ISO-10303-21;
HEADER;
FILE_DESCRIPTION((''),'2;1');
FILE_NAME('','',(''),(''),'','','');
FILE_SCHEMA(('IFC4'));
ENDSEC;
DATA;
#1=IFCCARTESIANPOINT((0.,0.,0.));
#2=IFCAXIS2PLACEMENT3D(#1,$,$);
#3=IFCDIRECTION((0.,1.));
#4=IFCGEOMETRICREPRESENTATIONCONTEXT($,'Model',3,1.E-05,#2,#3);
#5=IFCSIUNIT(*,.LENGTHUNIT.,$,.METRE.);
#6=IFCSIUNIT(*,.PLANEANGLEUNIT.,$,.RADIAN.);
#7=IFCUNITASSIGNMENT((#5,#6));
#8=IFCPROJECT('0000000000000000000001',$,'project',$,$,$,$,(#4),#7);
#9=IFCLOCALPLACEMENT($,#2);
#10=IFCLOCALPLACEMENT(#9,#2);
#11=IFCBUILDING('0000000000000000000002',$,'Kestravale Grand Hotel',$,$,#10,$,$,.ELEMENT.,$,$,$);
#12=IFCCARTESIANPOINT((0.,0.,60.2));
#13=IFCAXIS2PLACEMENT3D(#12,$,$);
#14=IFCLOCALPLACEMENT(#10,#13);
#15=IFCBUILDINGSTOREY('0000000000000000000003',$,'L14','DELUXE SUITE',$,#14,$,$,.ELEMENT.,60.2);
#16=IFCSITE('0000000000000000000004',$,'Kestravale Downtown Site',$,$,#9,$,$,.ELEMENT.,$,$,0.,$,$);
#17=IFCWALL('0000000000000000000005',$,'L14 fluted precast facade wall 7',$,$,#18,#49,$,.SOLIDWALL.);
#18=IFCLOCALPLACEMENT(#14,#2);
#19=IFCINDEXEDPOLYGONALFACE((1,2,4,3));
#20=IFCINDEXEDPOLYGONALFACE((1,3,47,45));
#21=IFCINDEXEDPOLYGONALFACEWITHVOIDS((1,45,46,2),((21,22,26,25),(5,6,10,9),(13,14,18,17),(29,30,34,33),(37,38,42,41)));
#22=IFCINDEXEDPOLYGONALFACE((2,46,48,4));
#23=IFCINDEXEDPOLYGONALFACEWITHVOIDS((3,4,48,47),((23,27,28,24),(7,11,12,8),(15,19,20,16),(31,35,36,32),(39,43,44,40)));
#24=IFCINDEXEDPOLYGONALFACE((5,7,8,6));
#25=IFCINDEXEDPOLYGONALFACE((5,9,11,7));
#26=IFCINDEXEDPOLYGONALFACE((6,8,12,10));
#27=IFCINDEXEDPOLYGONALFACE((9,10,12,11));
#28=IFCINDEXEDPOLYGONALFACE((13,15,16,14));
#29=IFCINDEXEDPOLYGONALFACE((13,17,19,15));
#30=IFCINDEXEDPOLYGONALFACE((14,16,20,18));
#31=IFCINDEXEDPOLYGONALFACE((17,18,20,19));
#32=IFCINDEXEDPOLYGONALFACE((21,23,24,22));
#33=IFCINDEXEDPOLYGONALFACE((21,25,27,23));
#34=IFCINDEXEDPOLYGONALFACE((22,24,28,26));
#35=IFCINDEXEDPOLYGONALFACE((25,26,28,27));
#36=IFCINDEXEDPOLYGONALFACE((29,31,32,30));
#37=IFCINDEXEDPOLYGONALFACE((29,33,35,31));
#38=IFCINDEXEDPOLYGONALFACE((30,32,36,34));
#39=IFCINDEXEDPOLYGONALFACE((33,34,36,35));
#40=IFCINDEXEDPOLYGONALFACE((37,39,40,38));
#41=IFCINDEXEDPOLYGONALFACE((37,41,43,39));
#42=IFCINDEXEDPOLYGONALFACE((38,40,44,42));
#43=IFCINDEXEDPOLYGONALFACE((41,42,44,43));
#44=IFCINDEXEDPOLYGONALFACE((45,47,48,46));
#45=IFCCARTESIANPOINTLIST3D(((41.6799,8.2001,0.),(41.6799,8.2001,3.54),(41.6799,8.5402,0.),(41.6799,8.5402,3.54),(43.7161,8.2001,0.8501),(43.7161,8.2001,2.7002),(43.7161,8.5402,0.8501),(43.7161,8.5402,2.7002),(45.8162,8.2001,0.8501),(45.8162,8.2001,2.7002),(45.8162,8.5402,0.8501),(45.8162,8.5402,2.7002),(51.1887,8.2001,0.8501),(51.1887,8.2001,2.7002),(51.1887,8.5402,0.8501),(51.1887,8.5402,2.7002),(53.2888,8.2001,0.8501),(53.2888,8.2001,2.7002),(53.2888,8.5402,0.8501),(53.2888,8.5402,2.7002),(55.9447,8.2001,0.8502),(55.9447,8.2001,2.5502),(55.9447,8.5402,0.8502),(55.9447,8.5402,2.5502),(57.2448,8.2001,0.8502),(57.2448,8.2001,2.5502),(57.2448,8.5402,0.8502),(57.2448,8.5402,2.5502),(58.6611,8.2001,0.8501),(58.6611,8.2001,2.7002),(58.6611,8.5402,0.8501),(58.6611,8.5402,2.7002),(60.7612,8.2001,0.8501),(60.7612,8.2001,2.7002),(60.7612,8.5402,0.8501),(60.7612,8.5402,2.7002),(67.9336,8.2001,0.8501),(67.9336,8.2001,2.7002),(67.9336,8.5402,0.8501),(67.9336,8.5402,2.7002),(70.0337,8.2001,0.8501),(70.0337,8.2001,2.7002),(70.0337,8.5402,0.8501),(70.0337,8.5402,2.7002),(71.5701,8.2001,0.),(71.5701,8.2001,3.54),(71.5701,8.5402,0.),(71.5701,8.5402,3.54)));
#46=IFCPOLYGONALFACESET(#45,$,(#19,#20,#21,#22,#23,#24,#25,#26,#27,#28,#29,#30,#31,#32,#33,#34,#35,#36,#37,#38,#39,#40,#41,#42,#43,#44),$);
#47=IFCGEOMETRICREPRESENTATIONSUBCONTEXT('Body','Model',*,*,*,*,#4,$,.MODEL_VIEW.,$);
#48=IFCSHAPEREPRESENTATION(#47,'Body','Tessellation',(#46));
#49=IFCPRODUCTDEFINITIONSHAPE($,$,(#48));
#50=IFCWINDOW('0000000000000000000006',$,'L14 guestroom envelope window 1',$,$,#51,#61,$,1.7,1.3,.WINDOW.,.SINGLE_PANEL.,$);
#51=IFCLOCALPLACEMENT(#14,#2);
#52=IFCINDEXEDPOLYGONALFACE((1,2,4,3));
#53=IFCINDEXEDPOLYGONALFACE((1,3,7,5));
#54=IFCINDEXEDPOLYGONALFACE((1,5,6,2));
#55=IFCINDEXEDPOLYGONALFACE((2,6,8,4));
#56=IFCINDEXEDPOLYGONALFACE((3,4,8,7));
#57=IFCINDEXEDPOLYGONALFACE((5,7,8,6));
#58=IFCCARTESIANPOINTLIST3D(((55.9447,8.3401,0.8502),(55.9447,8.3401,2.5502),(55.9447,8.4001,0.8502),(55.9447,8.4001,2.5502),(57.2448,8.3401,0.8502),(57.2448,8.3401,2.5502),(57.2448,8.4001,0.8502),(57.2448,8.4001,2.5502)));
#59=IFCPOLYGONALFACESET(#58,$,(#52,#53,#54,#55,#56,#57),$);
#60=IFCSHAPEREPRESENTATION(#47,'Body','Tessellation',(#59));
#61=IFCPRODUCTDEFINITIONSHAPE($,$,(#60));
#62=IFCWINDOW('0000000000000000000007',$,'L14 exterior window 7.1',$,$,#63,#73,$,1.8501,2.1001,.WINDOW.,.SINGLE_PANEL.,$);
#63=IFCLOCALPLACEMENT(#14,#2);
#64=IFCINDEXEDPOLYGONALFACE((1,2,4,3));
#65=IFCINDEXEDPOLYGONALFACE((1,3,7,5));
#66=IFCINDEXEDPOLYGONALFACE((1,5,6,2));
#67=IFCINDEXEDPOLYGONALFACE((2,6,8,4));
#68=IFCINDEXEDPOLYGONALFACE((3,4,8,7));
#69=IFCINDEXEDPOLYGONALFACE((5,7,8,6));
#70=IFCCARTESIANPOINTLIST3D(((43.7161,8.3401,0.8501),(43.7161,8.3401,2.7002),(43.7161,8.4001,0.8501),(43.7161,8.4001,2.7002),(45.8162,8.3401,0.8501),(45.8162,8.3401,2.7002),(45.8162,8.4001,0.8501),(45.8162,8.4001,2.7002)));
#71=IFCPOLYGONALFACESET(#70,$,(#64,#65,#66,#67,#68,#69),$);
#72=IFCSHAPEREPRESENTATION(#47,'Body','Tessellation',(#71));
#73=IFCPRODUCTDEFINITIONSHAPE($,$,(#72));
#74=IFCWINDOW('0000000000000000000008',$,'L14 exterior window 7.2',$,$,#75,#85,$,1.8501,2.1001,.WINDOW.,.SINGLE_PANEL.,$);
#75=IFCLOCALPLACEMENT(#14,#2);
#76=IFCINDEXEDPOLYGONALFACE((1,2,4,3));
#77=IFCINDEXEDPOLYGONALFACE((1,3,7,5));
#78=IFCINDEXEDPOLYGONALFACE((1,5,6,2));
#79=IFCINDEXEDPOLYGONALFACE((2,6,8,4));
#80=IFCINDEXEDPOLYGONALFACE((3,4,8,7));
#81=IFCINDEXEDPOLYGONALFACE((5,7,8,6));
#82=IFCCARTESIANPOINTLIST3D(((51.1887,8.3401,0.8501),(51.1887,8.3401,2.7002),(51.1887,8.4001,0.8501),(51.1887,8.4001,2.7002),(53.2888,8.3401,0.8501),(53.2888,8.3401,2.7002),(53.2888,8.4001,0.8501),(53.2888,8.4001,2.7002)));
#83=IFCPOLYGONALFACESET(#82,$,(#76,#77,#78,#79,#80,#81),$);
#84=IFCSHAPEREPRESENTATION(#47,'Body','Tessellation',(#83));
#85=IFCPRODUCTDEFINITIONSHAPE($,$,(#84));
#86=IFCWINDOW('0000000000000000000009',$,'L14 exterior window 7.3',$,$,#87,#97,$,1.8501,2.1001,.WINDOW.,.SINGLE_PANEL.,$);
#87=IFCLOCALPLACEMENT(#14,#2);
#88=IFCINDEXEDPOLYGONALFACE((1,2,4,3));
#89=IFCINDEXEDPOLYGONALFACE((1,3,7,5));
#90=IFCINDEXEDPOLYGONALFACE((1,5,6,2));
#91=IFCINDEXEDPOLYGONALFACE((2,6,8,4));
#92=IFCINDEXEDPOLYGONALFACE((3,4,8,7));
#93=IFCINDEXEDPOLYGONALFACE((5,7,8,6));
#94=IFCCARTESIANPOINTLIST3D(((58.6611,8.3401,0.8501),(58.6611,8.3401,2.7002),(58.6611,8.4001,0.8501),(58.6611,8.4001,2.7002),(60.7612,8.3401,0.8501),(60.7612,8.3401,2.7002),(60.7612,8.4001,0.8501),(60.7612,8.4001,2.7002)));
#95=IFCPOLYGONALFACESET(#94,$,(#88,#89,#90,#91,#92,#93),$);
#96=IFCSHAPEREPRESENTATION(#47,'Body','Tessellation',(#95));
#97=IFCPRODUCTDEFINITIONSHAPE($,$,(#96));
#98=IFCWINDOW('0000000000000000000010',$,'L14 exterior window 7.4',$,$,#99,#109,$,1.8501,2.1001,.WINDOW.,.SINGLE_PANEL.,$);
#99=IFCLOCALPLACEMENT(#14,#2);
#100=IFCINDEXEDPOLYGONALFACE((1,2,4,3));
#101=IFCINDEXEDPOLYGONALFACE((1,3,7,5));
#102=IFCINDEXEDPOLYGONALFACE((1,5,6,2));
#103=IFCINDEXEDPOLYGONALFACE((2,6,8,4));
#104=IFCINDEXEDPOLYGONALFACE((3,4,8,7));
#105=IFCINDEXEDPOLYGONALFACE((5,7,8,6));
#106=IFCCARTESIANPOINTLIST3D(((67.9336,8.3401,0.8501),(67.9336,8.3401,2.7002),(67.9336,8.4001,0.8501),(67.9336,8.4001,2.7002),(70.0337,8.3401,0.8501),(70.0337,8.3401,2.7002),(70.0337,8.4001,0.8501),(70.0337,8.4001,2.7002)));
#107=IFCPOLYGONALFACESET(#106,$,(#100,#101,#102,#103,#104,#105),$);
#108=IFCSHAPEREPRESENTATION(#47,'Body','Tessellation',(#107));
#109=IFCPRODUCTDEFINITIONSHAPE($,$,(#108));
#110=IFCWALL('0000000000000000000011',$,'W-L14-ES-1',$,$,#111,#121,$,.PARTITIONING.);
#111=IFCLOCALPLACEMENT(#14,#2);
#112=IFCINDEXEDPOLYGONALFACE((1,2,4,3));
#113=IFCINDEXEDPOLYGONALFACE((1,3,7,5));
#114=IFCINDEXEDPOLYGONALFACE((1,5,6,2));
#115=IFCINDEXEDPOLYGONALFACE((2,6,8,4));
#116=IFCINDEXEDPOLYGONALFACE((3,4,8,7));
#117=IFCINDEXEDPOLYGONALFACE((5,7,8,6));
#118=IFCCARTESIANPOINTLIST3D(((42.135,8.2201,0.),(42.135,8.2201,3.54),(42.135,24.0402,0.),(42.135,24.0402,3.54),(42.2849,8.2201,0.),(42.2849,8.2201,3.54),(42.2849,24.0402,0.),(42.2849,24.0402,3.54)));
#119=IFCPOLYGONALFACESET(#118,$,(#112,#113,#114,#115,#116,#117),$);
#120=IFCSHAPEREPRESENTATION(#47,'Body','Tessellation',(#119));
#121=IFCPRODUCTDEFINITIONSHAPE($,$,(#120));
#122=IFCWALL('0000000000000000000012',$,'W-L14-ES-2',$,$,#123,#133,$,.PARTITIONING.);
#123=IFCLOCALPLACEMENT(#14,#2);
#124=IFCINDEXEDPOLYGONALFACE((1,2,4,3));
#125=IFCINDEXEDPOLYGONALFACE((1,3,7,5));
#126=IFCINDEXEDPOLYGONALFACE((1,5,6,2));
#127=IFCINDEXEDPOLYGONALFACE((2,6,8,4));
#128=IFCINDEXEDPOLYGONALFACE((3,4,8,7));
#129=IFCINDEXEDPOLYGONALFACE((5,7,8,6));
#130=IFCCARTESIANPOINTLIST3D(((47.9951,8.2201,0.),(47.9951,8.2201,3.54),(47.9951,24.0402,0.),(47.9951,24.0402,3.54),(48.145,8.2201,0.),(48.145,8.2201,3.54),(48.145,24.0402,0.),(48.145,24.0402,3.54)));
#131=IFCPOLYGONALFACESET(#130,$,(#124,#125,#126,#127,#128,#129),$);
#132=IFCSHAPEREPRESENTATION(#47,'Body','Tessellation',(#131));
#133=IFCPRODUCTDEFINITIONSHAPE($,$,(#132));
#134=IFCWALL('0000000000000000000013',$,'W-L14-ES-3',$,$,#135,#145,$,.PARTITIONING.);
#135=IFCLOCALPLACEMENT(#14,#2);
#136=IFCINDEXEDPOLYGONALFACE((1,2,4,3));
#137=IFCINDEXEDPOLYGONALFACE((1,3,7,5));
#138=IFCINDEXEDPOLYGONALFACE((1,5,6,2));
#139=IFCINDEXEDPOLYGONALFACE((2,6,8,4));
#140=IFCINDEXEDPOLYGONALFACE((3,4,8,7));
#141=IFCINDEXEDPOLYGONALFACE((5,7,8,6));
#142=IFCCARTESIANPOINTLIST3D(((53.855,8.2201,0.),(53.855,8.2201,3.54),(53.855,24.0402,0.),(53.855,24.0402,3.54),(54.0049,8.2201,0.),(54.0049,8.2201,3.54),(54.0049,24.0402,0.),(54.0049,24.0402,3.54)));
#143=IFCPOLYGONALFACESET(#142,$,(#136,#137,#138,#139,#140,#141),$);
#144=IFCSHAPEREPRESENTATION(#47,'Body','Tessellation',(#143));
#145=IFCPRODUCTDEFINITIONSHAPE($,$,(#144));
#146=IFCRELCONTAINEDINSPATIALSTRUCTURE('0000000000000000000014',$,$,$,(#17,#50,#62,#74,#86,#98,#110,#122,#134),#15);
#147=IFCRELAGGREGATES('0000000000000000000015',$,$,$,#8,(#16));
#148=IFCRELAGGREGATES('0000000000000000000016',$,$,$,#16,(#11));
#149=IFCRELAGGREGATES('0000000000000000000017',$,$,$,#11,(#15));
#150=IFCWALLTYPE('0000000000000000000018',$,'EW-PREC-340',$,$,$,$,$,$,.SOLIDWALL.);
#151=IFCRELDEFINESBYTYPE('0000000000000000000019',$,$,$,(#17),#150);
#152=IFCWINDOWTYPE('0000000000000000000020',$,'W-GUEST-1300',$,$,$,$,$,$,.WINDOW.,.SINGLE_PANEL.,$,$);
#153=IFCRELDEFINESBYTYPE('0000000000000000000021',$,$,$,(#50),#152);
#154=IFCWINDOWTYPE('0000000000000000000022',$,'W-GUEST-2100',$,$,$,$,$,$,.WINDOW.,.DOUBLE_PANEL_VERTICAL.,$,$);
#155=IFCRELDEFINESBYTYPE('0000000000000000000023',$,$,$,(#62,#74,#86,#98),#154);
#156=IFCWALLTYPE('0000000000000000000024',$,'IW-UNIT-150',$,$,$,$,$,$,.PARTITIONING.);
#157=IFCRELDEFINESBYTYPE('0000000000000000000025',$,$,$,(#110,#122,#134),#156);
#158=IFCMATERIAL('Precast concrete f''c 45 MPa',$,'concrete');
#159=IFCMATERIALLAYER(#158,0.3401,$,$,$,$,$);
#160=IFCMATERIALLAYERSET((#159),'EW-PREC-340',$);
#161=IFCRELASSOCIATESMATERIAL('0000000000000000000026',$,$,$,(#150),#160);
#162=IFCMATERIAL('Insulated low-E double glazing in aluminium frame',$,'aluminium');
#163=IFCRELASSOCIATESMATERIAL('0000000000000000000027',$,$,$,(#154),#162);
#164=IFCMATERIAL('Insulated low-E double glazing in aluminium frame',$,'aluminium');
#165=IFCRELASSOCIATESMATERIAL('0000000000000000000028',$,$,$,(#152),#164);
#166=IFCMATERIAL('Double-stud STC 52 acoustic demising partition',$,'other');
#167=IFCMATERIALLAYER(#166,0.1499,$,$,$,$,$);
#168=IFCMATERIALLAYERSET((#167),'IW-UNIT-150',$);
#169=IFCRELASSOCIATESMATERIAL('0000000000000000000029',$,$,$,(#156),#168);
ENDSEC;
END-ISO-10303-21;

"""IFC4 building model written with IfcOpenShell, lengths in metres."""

from ifc_helpers import new_model, si_unit, direction, frame, frame_2d, origin, place, context, subcontext, project, spatial, rectangle, extrude, material, layer, layer_set, type_object, element, fill, save


model = new_model("IFC4")

# Units and contexts
model_context = context("Model", 3, precision=1e-05, world=origin(), true_north=direction((0.0, 1.0)))
body_context = subcontext(model_context, "Body", "Model", "MODEL_VIEW")
ifc_project = project(units=[si_unit("LENGTHUNIT", "METRE"), si_unit("PLANEANGLEUNIT", "RADIAN")], contexts=[model_context])

# Site, building, storey
site_placement = place(None, origin())
site = spatial("IfcSite", under=ifc_project, at=site_placement, Name="Kestravale Downtown Site", CompositionType="ELEMENT", RefElevation=0.0)
building_placement = place(site_placement, origin())
building = spatial("IfcBuilding", under=site, at=building_placement, Name="Kestravale Grand Hotel", CompositionType="ELEMENT")
storey_placement = place(building_placement, frame((0.0, 0.0, 60.2)))
storey = spatial("IfcBuildingStorey", under=building, at=storey_placement, Name="L14", Description="DELUXE SUITE", CompositionType="ELEMENT", Elevation=60.2)

# Shared definitions
ifc_material_1 = material(Name="Precast concrete f'c 45 MPa", Category="concrete")
ifc_layer_1 = layer(ifc_material_1, 0.3401)
ifc_layer_set_1 = layer_set([ifc_layer_1], Name="EW-PREC-340")
wall_type_1 = type_object("IfcWallType", Name="EW-PREC-340", PredefinedType="SOLIDWALL", material=ifc_layer_set_1)

# Shared definitions
ifc_material_2 = material(Name="Insulated low-E double glazing in aluminium frame", Category="aluminium")
window_type_1 = type_object("IfcWindowType", Name="W-GUEST-2100", PartitioningType="DOUBLE_PANEL_VERTICAL", PredefinedType="WINDOW", material=ifc_material_2)

# Wall, openings, windows
wall_1_placement = place(storey_placement, frame((41.6799, 8.3701, 0.0), z_axis=(0.0, 0.0, 1.0), x_axis=(1.0, 0.0, 0.0)))
wall_1 = element("IfcWall", 1, at=wall_1_placement, inside=storey, type_object=wall_type_1, Name="L14 fluted precast facade wall 7", PredefinedType="SOLIDWALL", context=body_context, shape_type="SweptSolid", body=[
    extrude(rectangle(XDim=29.8901, YDim=0.3401, at=frame_2d((14.9451, 0.0))), origin(), (0.0, 0.0, 1.0), 3.54),
])
opening_1_placement = place(wall_1_placement, frame((2.0361, 0.0, 0.8501)))
opening_1 = element("IfcOpeningElement", 2, at=opening_1_placement, cuts=wall_1, PredefinedType="OPENING", context=body_context, shape_type="SweptSolid", body=[
    extrude(rectangle(XDim=2.1001, YDim=1.8501, at=frame_2d((1.05, 0.925))), frame((0.0, 0.1799, 0.0), z_axis=(0.0, -1.0, 0.0), x_axis=(1.0, 0.0, 0.0)), (0.0, 0.0, 1.0), 0.3601),
])
opening_2_placement = place(wall_1_placement, frame((9.5088, 0.0, 0.8501)))
opening_2 = element("IfcOpeningElement", 3, at=opening_2_placement, cuts=wall_1, PredefinedType="OPENING", context=body_context, shape_type="SweptSolid", body=[
    extrude(rectangle(XDim=2.1001, YDim=1.8501, at=frame_2d((1.05, 0.925))), frame((0.0, 0.1799, 0.0), z_axis=(0.0, -1.0, 0.0), x_axis=(1.0, 0.0, 0.0)), (0.0, 0.0, 1.0), 0.3601),
])
opening_3_placement = place(wall_1_placement, frame((16.9812, 0.0, 0.8501)))
opening_3 = element("IfcOpeningElement", 4, at=opening_3_placement, cuts=wall_1, PredefinedType="OPENING", context=body_context, shape_type="SweptSolid", body=[
    extrude(rectangle(XDim=2.1001, YDim=1.8501, at=frame_2d((1.05, 0.925))), frame((0.0, 0.1799, 0.0), z_axis=(0.0, -1.0, 0.0), x_axis=(1.0, 0.0, 0.0)), (0.0, 0.0, 1.0), 0.3601),
])
opening_4_placement = place(wall_1_placement, frame((26.2537, 0.0, 0.8501)))
opening_4 = element("IfcOpeningElement", 5, at=opening_4_placement, cuts=wall_1, PredefinedType="OPENING", context=body_context, shape_type="SweptSolid", body=[
    extrude(rectangle(XDim=2.1001, YDim=1.8501, at=frame_2d((1.05, 0.925))), frame((0.0, 0.1799, 0.0), z_axis=(0.0, -1.0, 0.0), x_axis=(1.0, 0.0, 0.0)), (0.0, 0.0, 1.0), 0.3601),
])
opening_5_placement = place(wall_1_placement, frame((14.2649, 0.0, 0.8501)))
opening_5 = element("IfcOpeningElement", 6, at=opening_5_placement, cuts=wall_1, PredefinedType="OPENING", context=body_context, shape_type="SweptSolid", body=[
    extrude(rectangle(XDim=1.3, YDim=1.7, at=frame_2d((0.6499, 0.8501))), frame((0.0, 0.1799, 0.0), z_axis=(0.0, -1.0, 0.0), x_axis=(1.0, 0.0, 0.0)), (0.0, 0.0, 1.0), 0.3601),
])
ifc_material_3 = material(Name="Insulated low-E double glazing in aluminium frame", Category="aluminium")
window_type_2 = type_object("IfcWindowType", Name="W-GUEST-1300", PartitioningType="SINGLE_PANEL", PredefinedType="WINDOW", material=ifc_material_3)
window_1_placement = place(opening_5_placement, origin())
window_1 = element("IfcWindow", 7, at=window_1_placement, inside=storey, type_object=window_type_2, Name="L14 guestroom envelope window 1", OverallHeight=1.7, OverallWidth=1.3, PartitioningType="SINGLE_PANEL", PredefinedType="WINDOW", context=body_context, shape_type="SweptSolid", body=[
    extrude(rectangle(XDim=1.3, YDim=1.7, at=frame_2d((0.6499, 0.8501))), frame((0.0, 0.03, 0.0), z_axis=(0.0, -1.0, 0.0), x_axis=(1.0, 0.0, 0.0)), (0.0, 0.0, 1.0), 0.0601),
])
fill(opening_5, window_1)
window_2_placement = place(opening_1_placement, origin())
window_2 = element("IfcWindow", 8, at=window_2_placement, inside=storey, type_object=window_type_1, Name="L14 exterior window 7.1", OverallHeight=1.8501, OverallWidth=2.1001, PartitioningType="SINGLE_PANEL", PredefinedType="WINDOW", context=body_context, shape_type="SweptSolid", body=[
    extrude(rectangle(XDim=2.1001, YDim=1.8501, at=frame_2d((1.05, 0.925))), frame((0.0, 0.03, 0.0), z_axis=(0.0, -1.0, 0.0), x_axis=(1.0, 0.0, 0.0)), (0.0, 0.0, 1.0), 0.0601),
])
fill(opening_1, window_2)
window_3_placement = place(opening_2_placement, origin())
window_3 = element("IfcWindow", 9, at=window_3_placement, inside=storey, type_object=window_type_1, Name="L14 exterior window 7.2", OverallHeight=1.8501, OverallWidth=2.1001, PartitioningType="SINGLE_PANEL", PredefinedType="WINDOW", context=body_context, shape_type="SweptSolid", body=[
    extrude(rectangle(XDim=2.1001, YDim=1.8501, at=frame_2d((1.05, 0.925))), frame((0.0, 0.03, 0.0), z_axis=(0.0, -1.0, 0.0), x_axis=(1.0, 0.0, 0.0)), (0.0, 0.0, 1.0), 0.0601),
])
fill(opening_2, window_3)
window_4_placement = place(opening_3_placement, origin())
window_4 = element("IfcWindow", 10, at=window_4_placement, inside=storey, type_object=window_type_1, Name="L14 exterior window 7.3", OverallHeight=1.8501, OverallWidth=2.1001, PartitioningType="SINGLE_PANEL", PredefinedType="WINDOW", context=body_context, shape_type="SweptSolid", body=[
    extrude(rectangle(XDim=2.1001, YDim=1.8501, at=frame_2d((1.05, 0.925))), frame((0.0, 0.03, 0.0), z_axis=(0.0, -1.0, 0.0), x_axis=(1.0, 0.0, 0.0)), (0.0, 0.0, 1.0), 0.0601),
])
fill(opening_3, window_4)
window_5_placement = place(opening_4_placement, origin())
window_5 = element("IfcWindow", 11, at=window_5_placement, inside=storey, type_object=window_type_1, Name="L14 exterior window 7.4", OverallHeight=1.8501, OverallWidth=2.1001, PartitioningType="SINGLE_PANEL", PredefinedType="WINDOW", context=body_context, shape_type="SweptSolid", body=[
    extrude(rectangle(XDim=2.1001, YDim=1.8501, at=frame_2d((1.05, 0.925))), frame((0.0, 0.03, 0.0), z_axis=(0.0, -1.0, 0.0), x_axis=(1.0, 0.0, 0.0)), (0.0, 0.0, 1.0), 0.0601),
])
fill(opening_4, window_5)

# Walls
ifc_material_4 = material(Name="Double-stud STC 52 acoustic demising partition", Category="other")
ifc_layer_2 = layer(ifc_material_4, 0.1499)
ifc_layer_set_2 = layer_set([ifc_layer_2], Name="IW-UNIT-150")
wall_type_2 = type_object("IfcWallType", Name="IW-UNIT-150", PredefinedType="PARTITIONING", material=ifc_layer_set_2)
for number, where, z_axis, x_axis, name in (
    (12, (42.21, 8.22, 0.0), (0.0, 0.0, 1.0), (0.0, 1.0, 0.0), "W-L14-ES-1"),
    (13, (48.0701, 8.22, 0.0), (0.0, 0.0, 1.0), (0.0, 1.0, 0.0), "W-L14-ES-2"),
    (14, (53.9299, 8.22, 0.0), (0.0, 0.0, 1.0), (0.0, 1.0, 0.0), "W-L14-ES-3"),
):
    element("IfcWall", number, at=place(storey_placement, frame(where, z_axis=z_axis, x_axis=x_axis)), inside=storey, type_object=wall_type_2, Name=name, PredefinedType="PARTITIONING", context=body_context, shape_type="SweptSolid", body=[
        extrude(rectangle(XDim=15.8201, YDim=0.1499, at=frame_2d((7.9102, 0.0))), origin(), (0.0, 0.0, 1.0), 3.54),
    ])

save(model, "model.ifc")
